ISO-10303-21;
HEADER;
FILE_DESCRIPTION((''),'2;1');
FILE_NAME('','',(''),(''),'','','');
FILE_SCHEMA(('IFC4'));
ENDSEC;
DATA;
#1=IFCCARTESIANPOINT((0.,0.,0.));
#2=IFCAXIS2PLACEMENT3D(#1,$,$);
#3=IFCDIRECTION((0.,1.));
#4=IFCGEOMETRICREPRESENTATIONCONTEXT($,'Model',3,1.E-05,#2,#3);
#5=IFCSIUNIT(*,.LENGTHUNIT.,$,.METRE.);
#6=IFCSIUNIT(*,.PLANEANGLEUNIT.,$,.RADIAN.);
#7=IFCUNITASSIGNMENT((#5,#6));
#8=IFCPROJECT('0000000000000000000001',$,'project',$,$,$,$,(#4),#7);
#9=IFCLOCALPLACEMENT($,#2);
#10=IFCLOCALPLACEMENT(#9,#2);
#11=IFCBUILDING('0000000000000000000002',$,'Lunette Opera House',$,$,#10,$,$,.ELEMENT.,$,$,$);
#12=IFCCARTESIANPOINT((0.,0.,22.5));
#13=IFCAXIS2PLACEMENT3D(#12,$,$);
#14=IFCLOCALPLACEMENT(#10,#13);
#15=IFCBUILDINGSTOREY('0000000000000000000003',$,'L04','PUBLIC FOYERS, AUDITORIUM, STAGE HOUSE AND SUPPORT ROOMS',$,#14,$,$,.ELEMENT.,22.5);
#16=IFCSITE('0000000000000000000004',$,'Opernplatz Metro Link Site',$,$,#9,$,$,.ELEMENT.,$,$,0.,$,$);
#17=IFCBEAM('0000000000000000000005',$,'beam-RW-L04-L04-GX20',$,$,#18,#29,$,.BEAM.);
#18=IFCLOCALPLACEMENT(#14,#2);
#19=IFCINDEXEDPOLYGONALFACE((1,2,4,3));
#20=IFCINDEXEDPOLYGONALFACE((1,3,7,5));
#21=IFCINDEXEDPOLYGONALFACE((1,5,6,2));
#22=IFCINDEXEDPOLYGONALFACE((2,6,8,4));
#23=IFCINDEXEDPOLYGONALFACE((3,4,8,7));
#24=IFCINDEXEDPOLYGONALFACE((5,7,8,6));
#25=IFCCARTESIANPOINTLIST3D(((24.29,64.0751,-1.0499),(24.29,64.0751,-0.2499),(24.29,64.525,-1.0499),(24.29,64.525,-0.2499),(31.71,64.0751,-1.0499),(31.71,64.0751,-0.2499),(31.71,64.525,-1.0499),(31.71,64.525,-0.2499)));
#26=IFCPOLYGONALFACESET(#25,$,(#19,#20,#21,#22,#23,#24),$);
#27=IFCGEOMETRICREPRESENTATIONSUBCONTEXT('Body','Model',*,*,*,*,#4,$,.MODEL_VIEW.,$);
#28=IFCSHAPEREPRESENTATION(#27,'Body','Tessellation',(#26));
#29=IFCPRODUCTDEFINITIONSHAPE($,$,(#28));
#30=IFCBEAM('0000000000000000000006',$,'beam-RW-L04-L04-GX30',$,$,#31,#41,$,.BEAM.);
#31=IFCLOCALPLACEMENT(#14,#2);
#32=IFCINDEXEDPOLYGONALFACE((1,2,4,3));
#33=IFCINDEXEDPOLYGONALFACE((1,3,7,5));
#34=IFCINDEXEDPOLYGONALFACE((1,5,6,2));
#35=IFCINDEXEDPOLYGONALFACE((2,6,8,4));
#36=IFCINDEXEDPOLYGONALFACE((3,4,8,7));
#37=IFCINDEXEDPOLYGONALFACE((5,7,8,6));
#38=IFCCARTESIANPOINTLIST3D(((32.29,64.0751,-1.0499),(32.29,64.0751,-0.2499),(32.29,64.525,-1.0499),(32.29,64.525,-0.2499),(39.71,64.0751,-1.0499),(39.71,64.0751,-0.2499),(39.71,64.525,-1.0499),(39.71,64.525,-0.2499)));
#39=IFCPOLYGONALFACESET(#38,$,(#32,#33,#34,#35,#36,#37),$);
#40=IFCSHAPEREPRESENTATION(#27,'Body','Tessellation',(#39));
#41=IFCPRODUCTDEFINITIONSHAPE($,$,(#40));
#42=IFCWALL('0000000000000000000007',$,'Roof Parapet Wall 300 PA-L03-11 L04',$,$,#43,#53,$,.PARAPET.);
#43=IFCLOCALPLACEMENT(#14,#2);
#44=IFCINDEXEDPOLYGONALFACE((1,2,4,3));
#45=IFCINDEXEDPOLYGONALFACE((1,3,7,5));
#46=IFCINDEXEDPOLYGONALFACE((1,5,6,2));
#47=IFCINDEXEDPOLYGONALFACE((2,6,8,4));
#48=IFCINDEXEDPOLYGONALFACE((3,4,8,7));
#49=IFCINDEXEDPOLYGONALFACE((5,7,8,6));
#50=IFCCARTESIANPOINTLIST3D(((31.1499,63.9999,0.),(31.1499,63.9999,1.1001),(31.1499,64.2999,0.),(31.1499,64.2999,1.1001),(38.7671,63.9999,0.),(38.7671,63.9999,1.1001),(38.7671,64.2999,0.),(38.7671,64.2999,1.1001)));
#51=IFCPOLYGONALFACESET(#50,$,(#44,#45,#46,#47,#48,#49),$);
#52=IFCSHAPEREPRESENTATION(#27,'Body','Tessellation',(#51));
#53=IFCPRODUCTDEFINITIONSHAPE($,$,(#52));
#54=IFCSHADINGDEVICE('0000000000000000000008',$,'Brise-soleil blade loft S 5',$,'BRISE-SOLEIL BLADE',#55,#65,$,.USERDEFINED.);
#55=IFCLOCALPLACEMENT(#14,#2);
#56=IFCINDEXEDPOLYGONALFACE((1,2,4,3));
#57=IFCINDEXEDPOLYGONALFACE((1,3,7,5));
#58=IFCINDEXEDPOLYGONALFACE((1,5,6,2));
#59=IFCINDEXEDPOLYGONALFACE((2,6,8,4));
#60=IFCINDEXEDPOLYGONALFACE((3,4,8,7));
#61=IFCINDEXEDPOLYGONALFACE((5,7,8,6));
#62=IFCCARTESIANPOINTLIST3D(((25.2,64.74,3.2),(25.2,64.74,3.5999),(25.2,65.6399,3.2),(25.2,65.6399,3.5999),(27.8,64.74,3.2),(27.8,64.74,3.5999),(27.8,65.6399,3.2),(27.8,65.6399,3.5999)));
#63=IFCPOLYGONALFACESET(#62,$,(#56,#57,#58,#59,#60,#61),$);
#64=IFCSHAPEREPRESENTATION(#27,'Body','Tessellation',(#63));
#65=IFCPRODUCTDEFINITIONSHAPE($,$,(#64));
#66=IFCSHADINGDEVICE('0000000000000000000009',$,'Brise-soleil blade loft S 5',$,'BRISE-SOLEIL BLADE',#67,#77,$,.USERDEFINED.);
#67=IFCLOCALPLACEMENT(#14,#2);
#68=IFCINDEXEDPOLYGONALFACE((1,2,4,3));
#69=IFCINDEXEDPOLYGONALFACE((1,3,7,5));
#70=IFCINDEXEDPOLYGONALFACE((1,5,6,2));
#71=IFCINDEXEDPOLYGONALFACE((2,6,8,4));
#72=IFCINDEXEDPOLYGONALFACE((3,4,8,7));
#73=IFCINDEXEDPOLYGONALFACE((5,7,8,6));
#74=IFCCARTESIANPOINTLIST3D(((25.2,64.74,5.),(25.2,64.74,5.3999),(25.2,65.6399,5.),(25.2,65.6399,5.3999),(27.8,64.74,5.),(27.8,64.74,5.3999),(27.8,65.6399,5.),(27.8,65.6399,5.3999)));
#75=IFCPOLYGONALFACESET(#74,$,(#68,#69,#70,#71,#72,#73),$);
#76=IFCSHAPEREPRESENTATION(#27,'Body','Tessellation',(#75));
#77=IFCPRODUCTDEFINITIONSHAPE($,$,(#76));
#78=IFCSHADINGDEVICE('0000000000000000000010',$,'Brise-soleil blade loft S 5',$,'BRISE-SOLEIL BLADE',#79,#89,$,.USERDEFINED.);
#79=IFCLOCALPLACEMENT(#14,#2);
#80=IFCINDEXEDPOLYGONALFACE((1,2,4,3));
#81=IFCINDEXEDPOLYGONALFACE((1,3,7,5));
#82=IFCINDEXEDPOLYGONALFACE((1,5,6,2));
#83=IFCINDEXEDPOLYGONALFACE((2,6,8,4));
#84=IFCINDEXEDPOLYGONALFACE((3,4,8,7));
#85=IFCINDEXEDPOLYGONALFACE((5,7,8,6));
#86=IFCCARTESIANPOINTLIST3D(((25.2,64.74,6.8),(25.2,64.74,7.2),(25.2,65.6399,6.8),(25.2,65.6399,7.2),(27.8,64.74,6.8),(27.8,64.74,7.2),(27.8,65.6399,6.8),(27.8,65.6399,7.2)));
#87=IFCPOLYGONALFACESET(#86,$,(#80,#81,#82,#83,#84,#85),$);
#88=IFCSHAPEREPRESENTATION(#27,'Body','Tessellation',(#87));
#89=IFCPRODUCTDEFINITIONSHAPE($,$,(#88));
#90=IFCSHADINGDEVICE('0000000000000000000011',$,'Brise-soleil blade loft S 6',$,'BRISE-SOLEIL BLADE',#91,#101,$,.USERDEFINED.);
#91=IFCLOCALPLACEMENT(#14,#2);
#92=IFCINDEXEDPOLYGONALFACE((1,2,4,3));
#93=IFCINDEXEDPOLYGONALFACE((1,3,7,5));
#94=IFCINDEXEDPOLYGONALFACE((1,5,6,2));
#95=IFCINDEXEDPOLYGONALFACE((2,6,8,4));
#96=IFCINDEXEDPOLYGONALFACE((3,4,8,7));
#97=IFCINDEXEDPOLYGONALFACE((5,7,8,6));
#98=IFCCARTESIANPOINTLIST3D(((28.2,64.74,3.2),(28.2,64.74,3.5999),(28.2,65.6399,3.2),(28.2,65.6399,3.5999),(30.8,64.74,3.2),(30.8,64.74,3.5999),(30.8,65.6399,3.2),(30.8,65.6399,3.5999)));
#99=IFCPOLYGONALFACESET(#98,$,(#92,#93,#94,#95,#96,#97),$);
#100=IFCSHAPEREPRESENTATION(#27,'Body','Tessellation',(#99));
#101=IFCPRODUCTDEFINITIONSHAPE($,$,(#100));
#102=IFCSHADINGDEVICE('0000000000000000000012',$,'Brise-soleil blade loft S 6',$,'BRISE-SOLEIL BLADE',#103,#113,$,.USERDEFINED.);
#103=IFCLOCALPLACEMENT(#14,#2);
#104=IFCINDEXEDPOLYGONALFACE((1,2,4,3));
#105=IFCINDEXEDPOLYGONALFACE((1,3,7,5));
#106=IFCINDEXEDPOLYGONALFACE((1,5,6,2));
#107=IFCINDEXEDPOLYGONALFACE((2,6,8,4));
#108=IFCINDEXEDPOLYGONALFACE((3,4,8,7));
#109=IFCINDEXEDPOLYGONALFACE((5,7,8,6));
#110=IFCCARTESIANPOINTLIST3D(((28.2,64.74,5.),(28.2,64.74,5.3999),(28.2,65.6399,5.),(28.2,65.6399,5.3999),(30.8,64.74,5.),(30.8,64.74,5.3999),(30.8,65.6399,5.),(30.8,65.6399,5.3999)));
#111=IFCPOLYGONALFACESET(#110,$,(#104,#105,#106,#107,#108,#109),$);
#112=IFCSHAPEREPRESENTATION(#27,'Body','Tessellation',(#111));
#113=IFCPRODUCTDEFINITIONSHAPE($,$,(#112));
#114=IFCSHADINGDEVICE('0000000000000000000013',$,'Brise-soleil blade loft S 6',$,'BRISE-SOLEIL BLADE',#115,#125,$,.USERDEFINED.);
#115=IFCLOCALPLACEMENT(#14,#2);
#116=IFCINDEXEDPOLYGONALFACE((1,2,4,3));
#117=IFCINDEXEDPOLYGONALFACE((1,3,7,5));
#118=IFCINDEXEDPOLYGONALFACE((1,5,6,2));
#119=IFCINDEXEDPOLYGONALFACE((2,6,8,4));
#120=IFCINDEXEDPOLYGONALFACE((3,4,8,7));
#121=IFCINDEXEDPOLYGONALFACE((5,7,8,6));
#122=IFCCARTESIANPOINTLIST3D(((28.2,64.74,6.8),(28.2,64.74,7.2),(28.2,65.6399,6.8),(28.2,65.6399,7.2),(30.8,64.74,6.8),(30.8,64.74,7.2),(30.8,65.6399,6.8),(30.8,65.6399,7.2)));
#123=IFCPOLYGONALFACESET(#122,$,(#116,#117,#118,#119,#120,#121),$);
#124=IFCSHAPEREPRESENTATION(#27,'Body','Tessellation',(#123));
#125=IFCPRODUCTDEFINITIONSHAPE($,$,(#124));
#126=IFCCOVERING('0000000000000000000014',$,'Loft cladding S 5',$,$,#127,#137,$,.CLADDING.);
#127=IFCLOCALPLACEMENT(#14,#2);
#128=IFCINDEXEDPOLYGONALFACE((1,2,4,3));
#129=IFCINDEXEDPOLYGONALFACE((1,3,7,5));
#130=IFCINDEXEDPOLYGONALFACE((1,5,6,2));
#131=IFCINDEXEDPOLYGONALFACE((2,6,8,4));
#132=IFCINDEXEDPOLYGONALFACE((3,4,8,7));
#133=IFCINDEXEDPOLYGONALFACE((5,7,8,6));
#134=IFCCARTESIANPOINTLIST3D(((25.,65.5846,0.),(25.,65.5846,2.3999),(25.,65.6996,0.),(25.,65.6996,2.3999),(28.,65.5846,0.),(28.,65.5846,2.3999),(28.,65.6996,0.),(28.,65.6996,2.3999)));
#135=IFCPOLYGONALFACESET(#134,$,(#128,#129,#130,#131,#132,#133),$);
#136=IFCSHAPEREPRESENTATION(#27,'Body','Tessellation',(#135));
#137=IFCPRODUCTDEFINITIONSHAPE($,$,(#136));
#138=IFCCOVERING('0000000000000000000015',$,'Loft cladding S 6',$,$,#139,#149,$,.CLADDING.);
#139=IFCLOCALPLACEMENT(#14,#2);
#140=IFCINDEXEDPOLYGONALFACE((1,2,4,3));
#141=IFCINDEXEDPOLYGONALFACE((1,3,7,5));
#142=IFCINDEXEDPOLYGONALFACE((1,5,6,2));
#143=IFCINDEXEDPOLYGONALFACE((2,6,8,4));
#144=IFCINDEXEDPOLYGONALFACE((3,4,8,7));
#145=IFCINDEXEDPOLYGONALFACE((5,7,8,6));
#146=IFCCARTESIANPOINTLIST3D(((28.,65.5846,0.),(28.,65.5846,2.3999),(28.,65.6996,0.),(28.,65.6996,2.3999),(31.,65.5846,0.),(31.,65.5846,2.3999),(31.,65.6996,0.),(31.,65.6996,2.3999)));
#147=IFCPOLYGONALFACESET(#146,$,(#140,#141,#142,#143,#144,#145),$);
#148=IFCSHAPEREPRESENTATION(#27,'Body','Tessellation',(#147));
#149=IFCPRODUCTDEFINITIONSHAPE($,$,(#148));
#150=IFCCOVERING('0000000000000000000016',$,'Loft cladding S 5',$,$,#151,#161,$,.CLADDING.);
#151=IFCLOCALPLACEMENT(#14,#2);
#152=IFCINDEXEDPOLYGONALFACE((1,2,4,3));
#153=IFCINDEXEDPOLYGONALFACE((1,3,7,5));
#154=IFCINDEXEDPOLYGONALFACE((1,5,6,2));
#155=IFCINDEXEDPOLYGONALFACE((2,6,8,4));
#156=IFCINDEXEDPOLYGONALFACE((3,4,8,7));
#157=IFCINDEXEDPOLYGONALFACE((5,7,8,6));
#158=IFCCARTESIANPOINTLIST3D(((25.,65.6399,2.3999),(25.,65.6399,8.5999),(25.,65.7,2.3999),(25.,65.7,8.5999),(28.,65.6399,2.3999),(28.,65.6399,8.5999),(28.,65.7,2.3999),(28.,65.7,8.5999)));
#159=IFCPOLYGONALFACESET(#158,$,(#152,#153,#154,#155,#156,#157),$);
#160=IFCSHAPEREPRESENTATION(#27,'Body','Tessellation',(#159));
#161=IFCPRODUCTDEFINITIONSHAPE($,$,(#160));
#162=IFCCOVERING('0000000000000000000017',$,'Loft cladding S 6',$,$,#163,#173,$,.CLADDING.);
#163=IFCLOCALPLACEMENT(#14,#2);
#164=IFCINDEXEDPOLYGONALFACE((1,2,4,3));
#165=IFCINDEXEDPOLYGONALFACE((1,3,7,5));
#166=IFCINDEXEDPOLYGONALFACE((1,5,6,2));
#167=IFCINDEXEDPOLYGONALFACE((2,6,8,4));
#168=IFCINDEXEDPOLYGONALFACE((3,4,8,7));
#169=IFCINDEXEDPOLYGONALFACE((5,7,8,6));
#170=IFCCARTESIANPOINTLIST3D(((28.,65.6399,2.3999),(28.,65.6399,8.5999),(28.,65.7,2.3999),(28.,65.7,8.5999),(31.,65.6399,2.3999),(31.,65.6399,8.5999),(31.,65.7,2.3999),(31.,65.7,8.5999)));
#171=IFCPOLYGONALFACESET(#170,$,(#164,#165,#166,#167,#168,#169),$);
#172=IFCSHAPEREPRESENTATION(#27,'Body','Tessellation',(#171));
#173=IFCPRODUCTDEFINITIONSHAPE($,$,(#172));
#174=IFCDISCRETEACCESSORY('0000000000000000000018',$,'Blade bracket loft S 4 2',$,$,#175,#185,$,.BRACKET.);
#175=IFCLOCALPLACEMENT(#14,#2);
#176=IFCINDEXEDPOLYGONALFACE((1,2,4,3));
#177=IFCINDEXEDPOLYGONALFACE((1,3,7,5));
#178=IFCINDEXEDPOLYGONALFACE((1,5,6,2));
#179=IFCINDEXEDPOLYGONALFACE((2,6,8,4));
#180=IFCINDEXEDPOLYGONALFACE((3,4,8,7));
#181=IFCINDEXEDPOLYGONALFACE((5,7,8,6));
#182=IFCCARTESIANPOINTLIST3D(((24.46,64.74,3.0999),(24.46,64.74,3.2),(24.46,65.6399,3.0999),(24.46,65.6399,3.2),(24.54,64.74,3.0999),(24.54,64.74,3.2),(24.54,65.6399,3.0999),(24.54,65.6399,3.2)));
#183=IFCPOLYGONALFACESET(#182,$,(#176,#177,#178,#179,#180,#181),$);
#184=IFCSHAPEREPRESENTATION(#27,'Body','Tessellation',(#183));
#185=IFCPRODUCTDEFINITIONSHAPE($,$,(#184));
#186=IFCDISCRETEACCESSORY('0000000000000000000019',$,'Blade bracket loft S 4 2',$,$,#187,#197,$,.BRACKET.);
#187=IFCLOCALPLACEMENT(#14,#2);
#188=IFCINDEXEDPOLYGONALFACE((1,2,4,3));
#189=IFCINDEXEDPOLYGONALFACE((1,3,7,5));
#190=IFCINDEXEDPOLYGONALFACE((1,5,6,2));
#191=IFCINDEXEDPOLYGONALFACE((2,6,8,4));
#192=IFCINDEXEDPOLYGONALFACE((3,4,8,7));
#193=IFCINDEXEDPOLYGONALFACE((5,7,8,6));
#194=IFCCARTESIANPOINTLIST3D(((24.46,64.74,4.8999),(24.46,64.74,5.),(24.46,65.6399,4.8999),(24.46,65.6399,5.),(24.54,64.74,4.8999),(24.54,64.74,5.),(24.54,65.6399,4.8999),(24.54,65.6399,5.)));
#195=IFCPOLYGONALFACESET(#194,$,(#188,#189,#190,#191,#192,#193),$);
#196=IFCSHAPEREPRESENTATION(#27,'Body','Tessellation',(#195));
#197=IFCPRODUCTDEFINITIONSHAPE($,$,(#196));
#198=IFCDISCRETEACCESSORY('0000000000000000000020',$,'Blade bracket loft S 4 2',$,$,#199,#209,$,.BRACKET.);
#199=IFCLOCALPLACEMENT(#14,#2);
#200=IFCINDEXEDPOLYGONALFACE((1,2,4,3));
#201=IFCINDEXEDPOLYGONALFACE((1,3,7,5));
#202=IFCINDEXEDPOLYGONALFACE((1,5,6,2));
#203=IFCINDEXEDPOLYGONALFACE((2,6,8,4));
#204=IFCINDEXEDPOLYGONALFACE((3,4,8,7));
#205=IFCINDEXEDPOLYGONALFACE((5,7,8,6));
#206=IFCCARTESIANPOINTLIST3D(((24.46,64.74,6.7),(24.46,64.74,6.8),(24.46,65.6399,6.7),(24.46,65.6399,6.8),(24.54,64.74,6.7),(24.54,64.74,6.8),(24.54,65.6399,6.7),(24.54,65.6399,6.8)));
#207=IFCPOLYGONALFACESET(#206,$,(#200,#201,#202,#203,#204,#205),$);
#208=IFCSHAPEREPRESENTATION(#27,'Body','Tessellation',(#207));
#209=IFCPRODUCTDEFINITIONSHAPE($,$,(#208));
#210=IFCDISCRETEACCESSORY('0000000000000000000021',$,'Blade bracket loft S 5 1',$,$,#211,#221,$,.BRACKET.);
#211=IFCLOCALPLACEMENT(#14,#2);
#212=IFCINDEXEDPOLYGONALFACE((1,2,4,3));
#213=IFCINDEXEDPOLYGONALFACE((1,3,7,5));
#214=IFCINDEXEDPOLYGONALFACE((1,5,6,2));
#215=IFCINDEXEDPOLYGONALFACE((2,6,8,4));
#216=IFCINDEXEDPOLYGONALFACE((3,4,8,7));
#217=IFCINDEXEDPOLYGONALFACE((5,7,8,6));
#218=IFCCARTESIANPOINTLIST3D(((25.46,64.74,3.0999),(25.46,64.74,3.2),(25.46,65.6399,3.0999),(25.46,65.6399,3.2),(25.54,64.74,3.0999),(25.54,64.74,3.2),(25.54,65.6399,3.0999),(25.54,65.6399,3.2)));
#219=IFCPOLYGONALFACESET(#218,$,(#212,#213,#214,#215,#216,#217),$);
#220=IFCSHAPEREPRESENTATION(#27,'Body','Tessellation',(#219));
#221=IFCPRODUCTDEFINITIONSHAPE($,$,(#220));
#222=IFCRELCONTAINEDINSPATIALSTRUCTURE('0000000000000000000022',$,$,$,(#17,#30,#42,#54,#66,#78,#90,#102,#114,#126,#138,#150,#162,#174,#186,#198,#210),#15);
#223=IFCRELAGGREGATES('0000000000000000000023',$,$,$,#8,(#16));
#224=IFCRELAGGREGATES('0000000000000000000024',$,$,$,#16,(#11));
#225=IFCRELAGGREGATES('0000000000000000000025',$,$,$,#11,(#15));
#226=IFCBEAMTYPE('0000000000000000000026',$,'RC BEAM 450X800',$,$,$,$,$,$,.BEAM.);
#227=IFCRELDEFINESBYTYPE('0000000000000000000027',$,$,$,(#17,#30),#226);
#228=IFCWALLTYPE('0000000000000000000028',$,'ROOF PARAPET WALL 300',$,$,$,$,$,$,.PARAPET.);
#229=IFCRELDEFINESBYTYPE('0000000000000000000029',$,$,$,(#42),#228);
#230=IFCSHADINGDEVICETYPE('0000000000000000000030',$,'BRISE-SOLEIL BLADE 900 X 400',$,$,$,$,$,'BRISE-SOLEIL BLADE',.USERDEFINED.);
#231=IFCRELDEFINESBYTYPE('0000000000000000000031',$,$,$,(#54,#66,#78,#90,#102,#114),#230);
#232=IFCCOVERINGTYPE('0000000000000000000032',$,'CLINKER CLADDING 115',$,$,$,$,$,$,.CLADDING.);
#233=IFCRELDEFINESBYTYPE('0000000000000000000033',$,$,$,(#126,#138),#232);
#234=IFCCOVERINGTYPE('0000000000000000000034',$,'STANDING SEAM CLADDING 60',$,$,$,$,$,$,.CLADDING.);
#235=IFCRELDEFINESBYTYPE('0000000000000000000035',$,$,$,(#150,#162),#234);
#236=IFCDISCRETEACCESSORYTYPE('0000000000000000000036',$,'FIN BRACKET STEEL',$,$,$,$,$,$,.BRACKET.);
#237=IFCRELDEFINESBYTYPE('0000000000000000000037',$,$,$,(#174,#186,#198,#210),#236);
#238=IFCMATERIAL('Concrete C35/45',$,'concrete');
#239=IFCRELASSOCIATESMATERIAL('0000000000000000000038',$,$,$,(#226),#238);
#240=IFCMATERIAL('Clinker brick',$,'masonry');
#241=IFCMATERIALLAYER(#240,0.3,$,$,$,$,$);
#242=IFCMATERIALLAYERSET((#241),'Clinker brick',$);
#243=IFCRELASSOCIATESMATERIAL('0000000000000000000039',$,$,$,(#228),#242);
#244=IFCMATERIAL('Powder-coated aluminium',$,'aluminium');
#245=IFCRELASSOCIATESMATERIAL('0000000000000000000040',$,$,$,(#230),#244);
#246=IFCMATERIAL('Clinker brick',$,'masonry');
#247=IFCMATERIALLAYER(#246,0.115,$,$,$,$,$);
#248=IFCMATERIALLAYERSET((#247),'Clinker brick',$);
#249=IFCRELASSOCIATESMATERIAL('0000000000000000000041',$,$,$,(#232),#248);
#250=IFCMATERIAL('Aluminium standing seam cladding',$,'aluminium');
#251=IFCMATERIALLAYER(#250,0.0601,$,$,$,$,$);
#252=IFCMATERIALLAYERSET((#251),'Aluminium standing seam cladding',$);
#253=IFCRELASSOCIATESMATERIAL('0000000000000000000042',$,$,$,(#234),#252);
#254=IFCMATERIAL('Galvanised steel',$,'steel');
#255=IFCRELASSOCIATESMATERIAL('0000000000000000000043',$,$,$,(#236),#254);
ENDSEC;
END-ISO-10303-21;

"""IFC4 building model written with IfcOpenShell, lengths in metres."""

from ifc_helpers import new_model, si_unit, direction, frame, frame_2d, origin, origin_2d, place, context, subcontext, project, spatial, rectangle, extrude, material, layer, layer_set, material_profile, profile_set, type_object, element, save


model = new_model("IFC4")

# Units and contexts
model_context = context("Model", 3, precision=1e-05, world=origin(), true_north=direction((0.0, 1.0)))
body_context = subcontext(model_context, "Body", "Model", "MODEL_VIEW")
ifc_project = project(units=[si_unit("LENGTHUNIT", "METRE"), si_unit("PLANEANGLEUNIT", "RADIAN")], contexts=[model_context])

# Site, building, storey
site_placement = place(None, origin())
site = spatial("IfcSite", under=ifc_project, at=site_placement, Name="Opernplatz Metro Link Site", CompositionType="ELEMENT", RefElevation=0.0)
building_placement = place(site_placement, origin())
building = spatial("IfcBuilding", under=site, at=building_placement, Name="Lunette Opera House", CompositionType="ELEMENT")
storey_placement = place(building_placement, frame((0.0, 0.0, 22.5)))
storey = spatial("IfcBuildingStorey", under=building, at=storey_placement, Name="L04", Description="PUBLIC FOYERS, AUDITORIUM, STAGE HOUSE AND SUPPORT ROOMS", CompositionType="ELEMENT", Elevation=22.5)

# Beams
ifc_material_1 = material(Name="Concrete C35/45", Category="concrete")
ifc_material_profile = material_profile(ifc_material_1, rectangle(XDim=0.45, YDim=0.8, at=origin_2d()), Name="RC BEAM 450X800")
ifc_profile_set = profile_set([ifc_material_profile], Name="Concrete C35/45")
beam_type = type_object("IfcBeamType", Name="RC BEAM 450X800", PredefinedType="BEAM", material=ifc_profile_set)
for number, where, z_axis, x_axis, name in (
    (1, (24.29, 64.3, -0.6499), (1.0, 0.0, 0.0), (0.0, 1.0, 0.0), "beam-RW-L04-L04-GX20"),
    (2, (32.29, 64.3, -0.6499), (1.0, 0.0, 0.0), (0.0, 1.0, 0.0), "beam-RW-L04-L04-GX30"),
):
    element("IfcBeam", number, at=place(storey_placement, frame(where, z_axis=z_axis, x_axis=x_axis)), inside=storey, type_object=beam_type, Name=name, PredefinedType="BEAM", context=body_context, shape_type="SweptSolid", body=[
        extrude(rectangle(XDim=0.45, YDim=0.8, at=origin_2d()), origin(), (0.0, 0.0, 1.0), 7.4199),
    ])

# Wall
ifc_material_2 = material(Name="Clinker brick", Category="masonry")
ifc_layer_1 = layer(ifc_material_2, 0.3)
ifc_layer_set_1 = layer_set([ifc_layer_1], Name="Clinker brick")
wall_type = type_object("IfcWallType", Name="ROOF PARAPET WALL 300", PredefinedType="PARAPET", material=ifc_layer_set_1)
wall_placement = place(storey_placement, frame((31.1499, 64.1499, 0.0), z_axis=(0.0, 0.0, 1.0), x_axis=(1.0, 0.0, 0.0)))
element("IfcWall", 3, at=wall_placement, inside=storey, type_object=wall_type, Name="Roof Parapet Wall 300 PA-L03-11 L04", PredefinedType="PARAPET", context=body_context, shape_type="SweptSolid", body=[
    extrude(rectangle(XDim=7.6172, YDim=0.3, at=frame_2d((3.8086, 0.0))), origin(), (0.0, 0.0, 1.0), 1.1001),
])

# Shading devices
ifc_material_3 = material(Name="Powder-coated aluminium", Category="aluminium")
shading_device_type = type_object("IfcShadingDeviceType", Name="BRISE-SOLEIL BLADE 900 X 400", ElementType="BRISE-SOLEIL BLADE", PredefinedType="USERDEFINED", material=ifc_material_3)
for number, where, z_axis, x_axis, name in (
    (4, (26.5, 65.1899, 3.2), (0.0, 0.0, 1.0), (0.0, -1.0, 0.0), "Brise-soleil blade loft S 5"),
    (5, (26.5, 65.1899, 5.0), (0.0, 0.0, 1.0), (0.0, -1.0, 0.0), "Brise-soleil blade loft S 5"),
    (6, (26.5, 65.1899, 6.8), (0.0, 0.0, 1.0), (0.0, -1.0, 0.0), "Brise-soleil blade loft S 5"),
    (7, (29.5, 65.1899, 3.2), (0.0, 0.0, 1.0), (0.0, -1.0, 0.0), "Brise-soleil blade loft S 6"),
    (8, (29.5, 65.1899, 5.0), (0.0, 0.0, 1.0), (0.0, -1.0, 0.0), "Brise-soleil blade loft S 6"),
    (9, (29.5, 65.1899, 6.8), (0.0, 0.0, 1.0), (0.0, -1.0, 0.0), "Brise-soleil blade loft S 6"),
):
    element("IfcShadingDevice", number, at=place(storey_placement, frame(where, z_axis=z_axis, x_axis=x_axis)), inside=storey, type_object=shading_device_type, Name=name, ObjectType="BRISE-SOLEIL BLADE", PredefinedType="USERDEFINED", context=body_context, shape_type="SweptSolid", body=[
        extrude(rectangle(XDim=0.8999, YDim=2.6001, at=origin_2d()), origin(), (0.0, 0.0, 1.0), 0.3999),
    ])

# Coverings
ifc_material_4 = material(Name="Clinker brick", Category="masonry")
ifc_layer_2 = layer(ifc_material_4, 0.115)
ifc_layer_set_2 = layer_set([ifc_layer_2], Name="Clinker brick")
covering_type_1 = type_object("IfcCoveringType", Name="CLINKER CLADDING 115", PredefinedType="CLADDING", material=ifc_layer_set_2)
for number, where, z_axis, x_axis, name in (
    (10, (26.5, 65.6421, 0.0), (0.0, 0.0, 1.0), (1.0, 0.0, 0.0), "Loft cladding S 5"),
    (11, (29.5, 65.6421, 0.0), (0.0, 0.0, 1.0), (1.0, 0.0, 0.0), "Loft cladding S 6"),
):
    element("IfcCovering", number, at=place(storey_placement, frame(where, z_axis=z_axis, x_axis=x_axis)), inside=storey, type_object=covering_type_1, Name=name, PredefinedType="CLADDING", context=body_context, shape_type="SweptSolid", body=[
        extrude(rectangle(XDim=3.0, YDim=0.115, at=origin_2d()), origin(), (0.0, 0.0, 1.0), 2.3999),
    ])
ifc_material_5 = material(Name="Aluminium standing seam cladding", Category="aluminium")
ifc_layer_3 = layer(ifc_material_5, 0.0601)
ifc_layer_set_3 = layer_set([ifc_layer_3], Name="Aluminium standing seam cladding")
covering_type_2 = type_object("IfcCoveringType", Name="STANDING SEAM CLADDING 60", PredefinedType="CLADDING", material=ifc_layer_set_3)
for number, where, z_axis, x_axis, name in (
    (12, (26.5, 65.6699, 2.3999), (0.0, 0.0, 1.0), (1.0, 0.0, 0.0), "Loft cladding S 5"),
    (13, (29.5, 65.6699, 2.3999), (0.0, 0.0, 1.0), (1.0, 0.0, 0.0), "Loft cladding S 6"),
):
    element("IfcCovering", number, at=place(storey_placement, frame(where, z_axis=z_axis, x_axis=x_axis)), inside=storey, type_object=covering_type_2, Name=name, PredefinedType="CLADDING", context=body_context, shape_type="SweptSolid", body=[
        extrude(rectangle(XDim=3.0, YDim=0.0601, at=origin_2d()), origin(), (0.0, 0.0, 1.0), 6.2),
    ])

# Discrete accessories
ifc_material_6 = material(Name="Galvanised steel", Category="steel")
discrete_accessory_type = type_object("IfcDiscreteAccessoryType", Name="FIN BRACKET STEEL", PredefinedType="BRACKET", material=ifc_material_6)
for number, where, z_axis, x_axis, name in (
    (14, (24.5, 65.1899, 3.0999), (0.0, 0.0, 1.0), (0.0, -1.0, 0.0), "Blade bracket loft S 4 2"),
    (15, (24.5, 65.1899, 4.8999), (0.0, 0.0, 1.0), (0.0, -1.0, 0.0), "Blade bracket loft S 4 2"),
    (16, (24.5, 65.1899, 6.7), (0.0, 0.0, 1.0), (0.0, -1.0, 0.0), "Blade bracket loft S 4 2"),
    (17, (25.5, 65.1899, 3.0999), (0.0, 0.0, 1.0), (0.0, -1.0, 0.0), "Blade bracket loft S 5 1"),
):
    element("IfcDiscreteAccessory", number, at=place(storey_placement, frame(where, z_axis=z_axis, x_axis=x_axis)), inside=storey, type_object=discrete_accessory_type, Name=name, PredefinedType="BRACKET", context=body_context, shape_type="SweptSolid", body=[
        extrude(rectangle(XDim=0.8999, YDim=0.0801, at=origin_2d()), origin(), (0.0, 0.0, 1.0), 0.1001),
    ])

save(model, "model.ifc")
